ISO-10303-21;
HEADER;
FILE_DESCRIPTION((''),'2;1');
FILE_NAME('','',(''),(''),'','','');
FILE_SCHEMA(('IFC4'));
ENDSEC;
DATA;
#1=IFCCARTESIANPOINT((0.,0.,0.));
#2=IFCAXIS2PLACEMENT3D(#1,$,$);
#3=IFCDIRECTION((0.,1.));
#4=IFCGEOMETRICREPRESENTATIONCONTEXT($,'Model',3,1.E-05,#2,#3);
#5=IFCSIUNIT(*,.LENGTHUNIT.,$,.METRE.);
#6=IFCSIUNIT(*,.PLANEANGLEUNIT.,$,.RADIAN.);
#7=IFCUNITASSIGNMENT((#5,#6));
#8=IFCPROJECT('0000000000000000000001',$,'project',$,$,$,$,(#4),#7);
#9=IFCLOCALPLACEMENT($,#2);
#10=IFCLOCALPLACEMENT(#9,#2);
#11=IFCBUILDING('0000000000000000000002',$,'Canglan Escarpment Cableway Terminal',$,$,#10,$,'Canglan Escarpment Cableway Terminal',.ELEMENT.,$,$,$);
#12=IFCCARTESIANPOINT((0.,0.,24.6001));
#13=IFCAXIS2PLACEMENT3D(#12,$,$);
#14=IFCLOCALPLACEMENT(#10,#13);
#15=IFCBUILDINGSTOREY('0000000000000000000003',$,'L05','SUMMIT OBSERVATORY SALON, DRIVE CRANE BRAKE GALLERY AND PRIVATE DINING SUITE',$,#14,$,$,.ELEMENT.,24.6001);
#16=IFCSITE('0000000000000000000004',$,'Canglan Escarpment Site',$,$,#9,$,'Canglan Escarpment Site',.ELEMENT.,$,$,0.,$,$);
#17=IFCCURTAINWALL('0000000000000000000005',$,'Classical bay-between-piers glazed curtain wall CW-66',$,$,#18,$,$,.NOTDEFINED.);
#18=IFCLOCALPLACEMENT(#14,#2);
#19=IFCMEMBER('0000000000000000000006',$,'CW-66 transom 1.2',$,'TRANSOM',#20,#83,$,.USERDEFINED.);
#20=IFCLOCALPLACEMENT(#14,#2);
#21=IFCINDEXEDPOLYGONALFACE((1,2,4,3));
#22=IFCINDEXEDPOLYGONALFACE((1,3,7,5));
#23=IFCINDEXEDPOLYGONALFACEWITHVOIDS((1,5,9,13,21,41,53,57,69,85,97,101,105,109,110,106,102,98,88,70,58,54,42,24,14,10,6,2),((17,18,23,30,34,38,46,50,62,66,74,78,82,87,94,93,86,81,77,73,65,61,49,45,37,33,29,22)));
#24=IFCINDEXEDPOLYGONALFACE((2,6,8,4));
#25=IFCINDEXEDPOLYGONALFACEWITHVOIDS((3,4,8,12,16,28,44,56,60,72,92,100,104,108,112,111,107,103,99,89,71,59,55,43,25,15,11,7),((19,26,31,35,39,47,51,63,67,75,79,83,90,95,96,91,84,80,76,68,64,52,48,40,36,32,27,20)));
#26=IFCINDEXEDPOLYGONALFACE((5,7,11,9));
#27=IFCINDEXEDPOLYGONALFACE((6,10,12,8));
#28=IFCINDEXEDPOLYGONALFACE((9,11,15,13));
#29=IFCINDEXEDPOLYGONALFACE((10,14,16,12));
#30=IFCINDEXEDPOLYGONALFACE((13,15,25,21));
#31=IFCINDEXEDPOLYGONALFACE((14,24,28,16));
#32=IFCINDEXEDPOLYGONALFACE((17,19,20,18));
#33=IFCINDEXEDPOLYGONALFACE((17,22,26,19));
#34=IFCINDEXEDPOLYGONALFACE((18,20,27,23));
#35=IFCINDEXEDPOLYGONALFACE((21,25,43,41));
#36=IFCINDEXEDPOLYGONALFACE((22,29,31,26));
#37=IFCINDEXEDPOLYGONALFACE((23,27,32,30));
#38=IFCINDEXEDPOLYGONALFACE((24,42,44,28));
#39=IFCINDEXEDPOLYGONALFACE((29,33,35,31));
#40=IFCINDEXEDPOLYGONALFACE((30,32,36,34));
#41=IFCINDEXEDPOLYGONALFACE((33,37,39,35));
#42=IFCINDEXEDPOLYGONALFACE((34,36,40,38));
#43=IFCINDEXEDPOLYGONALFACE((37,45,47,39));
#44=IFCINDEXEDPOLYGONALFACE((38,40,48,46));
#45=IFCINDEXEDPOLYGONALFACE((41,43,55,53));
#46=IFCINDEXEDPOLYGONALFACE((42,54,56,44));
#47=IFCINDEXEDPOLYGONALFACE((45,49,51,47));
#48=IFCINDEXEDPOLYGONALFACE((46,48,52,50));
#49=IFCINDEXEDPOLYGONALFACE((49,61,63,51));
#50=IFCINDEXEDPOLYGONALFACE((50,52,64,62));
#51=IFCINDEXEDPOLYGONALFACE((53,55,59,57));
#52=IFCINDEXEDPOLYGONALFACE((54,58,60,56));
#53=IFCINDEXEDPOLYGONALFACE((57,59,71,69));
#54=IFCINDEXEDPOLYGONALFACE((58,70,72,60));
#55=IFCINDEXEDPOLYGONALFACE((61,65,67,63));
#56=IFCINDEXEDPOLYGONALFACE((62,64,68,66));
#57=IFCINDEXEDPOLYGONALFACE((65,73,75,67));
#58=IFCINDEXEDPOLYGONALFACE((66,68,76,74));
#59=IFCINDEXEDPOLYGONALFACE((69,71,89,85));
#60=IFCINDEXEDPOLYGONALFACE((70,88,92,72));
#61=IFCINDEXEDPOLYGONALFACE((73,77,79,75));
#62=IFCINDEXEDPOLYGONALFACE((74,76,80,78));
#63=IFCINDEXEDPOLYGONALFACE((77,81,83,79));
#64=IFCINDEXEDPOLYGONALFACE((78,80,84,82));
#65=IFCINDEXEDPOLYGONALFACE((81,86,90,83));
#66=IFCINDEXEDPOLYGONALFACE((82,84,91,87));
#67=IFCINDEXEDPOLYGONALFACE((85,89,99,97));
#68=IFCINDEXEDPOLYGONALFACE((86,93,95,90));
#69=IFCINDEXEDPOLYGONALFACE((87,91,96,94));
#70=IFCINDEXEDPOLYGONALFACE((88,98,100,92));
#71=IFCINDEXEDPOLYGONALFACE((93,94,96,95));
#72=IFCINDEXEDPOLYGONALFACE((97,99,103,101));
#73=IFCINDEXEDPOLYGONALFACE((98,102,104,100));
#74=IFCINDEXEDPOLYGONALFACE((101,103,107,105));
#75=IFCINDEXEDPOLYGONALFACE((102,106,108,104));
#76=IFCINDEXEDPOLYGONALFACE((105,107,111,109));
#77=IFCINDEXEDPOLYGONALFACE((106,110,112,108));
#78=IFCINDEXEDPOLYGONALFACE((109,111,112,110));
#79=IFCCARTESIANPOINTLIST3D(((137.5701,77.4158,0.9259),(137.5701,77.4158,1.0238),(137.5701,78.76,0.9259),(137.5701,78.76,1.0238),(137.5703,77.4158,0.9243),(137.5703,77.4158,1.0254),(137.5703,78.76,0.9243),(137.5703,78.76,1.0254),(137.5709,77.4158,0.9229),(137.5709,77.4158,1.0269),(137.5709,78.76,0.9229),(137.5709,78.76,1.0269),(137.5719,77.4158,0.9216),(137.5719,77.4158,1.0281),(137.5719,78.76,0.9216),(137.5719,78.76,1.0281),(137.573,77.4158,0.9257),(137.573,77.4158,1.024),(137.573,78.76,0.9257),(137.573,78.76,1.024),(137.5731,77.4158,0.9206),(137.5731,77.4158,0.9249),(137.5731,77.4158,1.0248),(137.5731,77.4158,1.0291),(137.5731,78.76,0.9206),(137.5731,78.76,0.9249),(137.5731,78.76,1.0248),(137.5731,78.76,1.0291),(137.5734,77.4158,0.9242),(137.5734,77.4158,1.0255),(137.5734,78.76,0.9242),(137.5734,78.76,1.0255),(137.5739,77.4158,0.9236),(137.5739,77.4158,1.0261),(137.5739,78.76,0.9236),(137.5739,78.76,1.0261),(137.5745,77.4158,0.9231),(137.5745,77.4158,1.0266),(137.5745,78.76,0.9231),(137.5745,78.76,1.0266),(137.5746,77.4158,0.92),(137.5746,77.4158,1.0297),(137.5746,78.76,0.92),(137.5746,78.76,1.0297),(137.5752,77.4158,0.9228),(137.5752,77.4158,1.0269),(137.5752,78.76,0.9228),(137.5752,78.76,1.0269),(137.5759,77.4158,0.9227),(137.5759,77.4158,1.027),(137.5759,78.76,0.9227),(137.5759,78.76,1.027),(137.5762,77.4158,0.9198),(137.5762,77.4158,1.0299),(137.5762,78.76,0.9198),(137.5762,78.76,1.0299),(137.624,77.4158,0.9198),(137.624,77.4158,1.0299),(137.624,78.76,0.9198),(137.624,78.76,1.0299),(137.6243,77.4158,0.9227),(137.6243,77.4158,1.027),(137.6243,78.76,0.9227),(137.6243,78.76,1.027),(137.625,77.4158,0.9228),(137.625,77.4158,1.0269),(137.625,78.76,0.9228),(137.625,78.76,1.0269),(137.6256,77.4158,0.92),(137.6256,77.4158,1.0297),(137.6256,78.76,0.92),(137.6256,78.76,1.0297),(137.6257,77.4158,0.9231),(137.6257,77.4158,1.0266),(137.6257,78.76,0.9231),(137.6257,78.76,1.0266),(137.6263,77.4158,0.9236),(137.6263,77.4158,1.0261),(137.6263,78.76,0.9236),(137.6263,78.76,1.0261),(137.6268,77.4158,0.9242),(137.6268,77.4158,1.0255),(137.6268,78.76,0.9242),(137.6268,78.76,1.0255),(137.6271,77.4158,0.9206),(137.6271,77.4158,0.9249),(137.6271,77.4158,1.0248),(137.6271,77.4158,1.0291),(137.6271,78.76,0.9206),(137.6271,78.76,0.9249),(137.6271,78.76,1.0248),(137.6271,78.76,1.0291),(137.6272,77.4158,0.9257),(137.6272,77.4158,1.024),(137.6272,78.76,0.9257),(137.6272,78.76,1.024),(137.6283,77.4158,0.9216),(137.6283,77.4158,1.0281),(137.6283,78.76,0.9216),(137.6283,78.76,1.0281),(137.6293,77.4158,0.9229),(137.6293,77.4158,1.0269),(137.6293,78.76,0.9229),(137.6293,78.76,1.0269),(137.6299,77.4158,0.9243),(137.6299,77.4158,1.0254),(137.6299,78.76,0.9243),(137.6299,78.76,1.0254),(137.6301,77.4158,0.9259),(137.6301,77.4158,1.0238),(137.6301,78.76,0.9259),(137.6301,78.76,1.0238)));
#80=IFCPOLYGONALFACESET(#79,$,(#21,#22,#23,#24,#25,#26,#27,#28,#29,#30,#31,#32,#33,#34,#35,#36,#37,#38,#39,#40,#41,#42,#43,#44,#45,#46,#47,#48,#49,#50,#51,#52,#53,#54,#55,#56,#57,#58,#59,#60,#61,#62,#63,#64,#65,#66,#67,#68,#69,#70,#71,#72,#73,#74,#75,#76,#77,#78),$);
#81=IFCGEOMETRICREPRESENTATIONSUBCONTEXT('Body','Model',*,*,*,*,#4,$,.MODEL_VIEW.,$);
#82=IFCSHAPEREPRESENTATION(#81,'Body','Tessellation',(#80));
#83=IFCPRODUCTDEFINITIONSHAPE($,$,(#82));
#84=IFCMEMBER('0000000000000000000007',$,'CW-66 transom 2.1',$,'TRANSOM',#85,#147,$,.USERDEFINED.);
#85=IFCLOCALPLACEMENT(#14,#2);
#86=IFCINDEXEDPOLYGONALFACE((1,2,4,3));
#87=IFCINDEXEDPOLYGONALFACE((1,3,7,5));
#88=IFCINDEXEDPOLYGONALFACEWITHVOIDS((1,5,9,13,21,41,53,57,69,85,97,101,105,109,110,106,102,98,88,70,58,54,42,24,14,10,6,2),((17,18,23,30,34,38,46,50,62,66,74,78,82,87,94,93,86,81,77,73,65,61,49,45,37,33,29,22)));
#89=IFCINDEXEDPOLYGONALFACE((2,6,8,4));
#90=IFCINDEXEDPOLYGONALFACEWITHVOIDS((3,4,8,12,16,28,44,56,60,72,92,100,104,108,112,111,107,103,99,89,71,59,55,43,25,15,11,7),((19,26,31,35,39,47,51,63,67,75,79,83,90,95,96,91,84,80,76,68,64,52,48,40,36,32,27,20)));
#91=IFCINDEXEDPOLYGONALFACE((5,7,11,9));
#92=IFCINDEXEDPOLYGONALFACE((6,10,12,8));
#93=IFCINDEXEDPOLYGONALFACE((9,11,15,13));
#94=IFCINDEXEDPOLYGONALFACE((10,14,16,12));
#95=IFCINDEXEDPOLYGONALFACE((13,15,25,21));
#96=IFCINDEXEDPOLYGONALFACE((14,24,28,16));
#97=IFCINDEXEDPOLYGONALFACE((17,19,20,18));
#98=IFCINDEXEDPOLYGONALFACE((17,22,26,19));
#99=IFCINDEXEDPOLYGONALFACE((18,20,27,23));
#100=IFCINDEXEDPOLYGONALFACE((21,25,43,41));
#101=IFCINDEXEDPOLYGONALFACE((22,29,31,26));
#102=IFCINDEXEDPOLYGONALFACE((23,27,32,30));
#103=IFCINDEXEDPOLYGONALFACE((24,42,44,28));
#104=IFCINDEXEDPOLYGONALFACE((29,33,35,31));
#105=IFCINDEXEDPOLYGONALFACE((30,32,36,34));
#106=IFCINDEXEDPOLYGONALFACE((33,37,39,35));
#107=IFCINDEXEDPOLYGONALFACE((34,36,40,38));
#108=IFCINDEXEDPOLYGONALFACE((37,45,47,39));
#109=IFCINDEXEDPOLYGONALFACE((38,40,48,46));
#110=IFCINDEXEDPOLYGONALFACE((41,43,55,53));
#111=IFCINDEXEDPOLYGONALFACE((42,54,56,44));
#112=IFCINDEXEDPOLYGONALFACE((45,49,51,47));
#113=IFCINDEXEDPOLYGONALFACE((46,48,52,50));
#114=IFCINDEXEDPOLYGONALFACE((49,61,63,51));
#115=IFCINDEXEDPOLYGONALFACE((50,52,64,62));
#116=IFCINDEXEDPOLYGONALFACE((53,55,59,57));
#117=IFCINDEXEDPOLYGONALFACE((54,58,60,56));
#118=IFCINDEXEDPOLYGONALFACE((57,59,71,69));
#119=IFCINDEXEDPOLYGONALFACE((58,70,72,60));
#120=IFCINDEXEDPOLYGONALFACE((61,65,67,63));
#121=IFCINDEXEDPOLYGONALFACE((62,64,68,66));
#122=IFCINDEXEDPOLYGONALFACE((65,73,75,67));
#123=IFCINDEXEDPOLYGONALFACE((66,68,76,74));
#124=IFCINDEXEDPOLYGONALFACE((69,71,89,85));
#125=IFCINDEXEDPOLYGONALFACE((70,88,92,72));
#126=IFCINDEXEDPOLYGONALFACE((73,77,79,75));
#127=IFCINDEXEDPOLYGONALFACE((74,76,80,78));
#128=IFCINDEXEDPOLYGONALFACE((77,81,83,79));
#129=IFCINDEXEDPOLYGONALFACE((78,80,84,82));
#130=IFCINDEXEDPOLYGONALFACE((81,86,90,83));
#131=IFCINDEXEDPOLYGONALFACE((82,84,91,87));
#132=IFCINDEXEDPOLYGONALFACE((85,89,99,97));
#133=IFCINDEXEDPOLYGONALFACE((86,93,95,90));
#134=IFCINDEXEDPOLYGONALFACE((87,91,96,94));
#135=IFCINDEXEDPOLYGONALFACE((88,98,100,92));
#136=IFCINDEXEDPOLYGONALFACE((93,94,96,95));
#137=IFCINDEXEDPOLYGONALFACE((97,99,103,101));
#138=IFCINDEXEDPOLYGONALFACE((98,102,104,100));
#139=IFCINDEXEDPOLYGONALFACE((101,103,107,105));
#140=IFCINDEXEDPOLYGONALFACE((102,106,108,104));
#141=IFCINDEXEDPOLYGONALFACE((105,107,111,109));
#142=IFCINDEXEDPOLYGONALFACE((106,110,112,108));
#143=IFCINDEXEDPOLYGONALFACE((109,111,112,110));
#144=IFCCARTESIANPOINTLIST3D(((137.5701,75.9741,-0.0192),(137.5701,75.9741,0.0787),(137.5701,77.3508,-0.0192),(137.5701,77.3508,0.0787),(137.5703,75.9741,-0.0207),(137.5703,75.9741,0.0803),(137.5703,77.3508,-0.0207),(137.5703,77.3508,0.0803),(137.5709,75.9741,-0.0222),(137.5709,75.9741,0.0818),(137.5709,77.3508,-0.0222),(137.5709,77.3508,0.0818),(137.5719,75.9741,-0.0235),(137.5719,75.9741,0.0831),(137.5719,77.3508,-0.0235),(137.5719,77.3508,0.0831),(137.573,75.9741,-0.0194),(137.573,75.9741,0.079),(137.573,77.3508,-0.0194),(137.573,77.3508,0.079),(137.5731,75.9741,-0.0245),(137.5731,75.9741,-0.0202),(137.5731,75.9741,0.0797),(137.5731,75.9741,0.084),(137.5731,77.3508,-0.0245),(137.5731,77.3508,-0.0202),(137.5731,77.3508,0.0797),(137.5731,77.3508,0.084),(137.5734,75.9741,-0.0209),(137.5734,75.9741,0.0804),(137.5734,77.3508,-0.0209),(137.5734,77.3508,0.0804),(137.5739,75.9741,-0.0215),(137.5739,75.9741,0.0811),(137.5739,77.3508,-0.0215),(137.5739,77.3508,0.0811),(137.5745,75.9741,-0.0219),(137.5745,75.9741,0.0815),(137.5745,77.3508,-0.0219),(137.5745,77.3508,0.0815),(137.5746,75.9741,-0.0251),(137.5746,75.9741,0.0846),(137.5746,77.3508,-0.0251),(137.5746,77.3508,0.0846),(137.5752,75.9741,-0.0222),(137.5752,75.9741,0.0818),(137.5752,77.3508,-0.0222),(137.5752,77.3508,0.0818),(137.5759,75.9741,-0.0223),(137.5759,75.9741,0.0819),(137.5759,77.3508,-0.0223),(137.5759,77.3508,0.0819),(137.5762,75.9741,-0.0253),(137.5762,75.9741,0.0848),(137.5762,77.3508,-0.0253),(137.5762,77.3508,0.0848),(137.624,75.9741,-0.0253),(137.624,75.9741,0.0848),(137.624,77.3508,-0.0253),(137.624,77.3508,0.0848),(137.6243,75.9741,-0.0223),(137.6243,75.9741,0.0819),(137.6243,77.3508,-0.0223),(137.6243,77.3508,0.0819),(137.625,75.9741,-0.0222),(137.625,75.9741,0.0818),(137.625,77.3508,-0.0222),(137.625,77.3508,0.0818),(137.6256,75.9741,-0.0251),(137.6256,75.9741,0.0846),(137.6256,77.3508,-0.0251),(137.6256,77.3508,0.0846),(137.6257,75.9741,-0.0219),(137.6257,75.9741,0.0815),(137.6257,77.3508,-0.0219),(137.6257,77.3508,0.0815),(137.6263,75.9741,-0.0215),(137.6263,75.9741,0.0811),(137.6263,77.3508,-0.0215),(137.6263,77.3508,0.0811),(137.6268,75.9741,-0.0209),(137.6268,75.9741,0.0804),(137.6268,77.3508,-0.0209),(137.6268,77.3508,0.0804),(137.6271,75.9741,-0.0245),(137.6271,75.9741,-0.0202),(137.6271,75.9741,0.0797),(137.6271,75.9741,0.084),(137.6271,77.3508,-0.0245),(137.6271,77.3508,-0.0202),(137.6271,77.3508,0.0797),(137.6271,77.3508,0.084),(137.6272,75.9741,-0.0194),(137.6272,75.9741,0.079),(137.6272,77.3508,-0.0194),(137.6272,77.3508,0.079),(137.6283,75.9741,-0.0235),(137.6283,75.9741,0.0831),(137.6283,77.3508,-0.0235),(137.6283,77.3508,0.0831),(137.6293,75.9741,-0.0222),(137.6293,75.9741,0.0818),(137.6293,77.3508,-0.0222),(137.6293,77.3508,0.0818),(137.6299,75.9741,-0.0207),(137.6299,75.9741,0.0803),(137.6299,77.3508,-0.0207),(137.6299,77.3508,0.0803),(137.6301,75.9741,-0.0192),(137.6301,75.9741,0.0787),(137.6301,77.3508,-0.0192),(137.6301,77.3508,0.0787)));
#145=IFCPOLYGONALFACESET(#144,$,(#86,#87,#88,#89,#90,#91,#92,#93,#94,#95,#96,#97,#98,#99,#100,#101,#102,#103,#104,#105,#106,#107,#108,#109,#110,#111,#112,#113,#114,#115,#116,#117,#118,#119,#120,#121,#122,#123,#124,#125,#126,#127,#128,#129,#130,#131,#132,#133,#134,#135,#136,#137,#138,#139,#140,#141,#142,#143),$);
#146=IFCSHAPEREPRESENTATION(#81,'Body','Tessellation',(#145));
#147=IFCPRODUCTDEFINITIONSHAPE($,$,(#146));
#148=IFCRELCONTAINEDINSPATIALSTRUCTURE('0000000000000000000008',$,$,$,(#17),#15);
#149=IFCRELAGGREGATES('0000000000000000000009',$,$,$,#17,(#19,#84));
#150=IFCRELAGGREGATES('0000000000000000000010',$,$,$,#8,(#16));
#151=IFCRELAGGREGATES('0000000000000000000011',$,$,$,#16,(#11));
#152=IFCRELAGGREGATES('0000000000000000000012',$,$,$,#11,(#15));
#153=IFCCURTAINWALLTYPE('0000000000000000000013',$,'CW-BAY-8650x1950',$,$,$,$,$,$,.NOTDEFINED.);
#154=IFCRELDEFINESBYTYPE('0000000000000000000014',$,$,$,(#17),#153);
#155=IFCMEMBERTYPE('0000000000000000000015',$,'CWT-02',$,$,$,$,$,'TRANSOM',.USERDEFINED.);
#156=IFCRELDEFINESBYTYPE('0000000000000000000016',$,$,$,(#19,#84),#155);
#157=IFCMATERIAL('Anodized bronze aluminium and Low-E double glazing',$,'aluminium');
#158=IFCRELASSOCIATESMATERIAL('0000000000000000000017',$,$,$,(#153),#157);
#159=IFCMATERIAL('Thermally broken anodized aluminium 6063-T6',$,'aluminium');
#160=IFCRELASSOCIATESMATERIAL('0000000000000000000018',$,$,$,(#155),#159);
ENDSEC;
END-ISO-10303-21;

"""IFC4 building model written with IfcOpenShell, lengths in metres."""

from ifc_helpers import new_model, si_unit, direction, frame, origin, origin_2d, place, context, subcontext, project, spatial, hollow_rectangle, extrude, material, material_profile, profile_set, type_object, element, aggregate, save


model = new_model("IFC4")

# Units and contexts
model_context = context("Model", 3, precision=1e-05, world=origin(), true_north=direction((0.0, 1.0)))
body_context = subcontext(model_context, "Body", "Model", "MODEL_VIEW")
ifc_project = project(units=[si_unit("LENGTHUNIT", "METRE"), si_unit("PLANEANGLEUNIT", "RADIAN")], contexts=[model_context])

# Site, building, storey
site_placement = place(None, origin())
site = spatial("IfcSite", under=ifc_project, at=site_placement, Name="Canglan Escarpment Site", LongName="Canglan Escarpment Site", CompositionType="ELEMENT", RefElevation=0.0)
building_placement = place(site_placement, origin())
building = spatial("IfcBuilding", under=site, at=building_placement, Name="Canglan Escarpment Cableway Terminal", LongName="Canglan Escarpment Cableway Terminal", CompositionType="ELEMENT")
storey_placement = place(building_placement, frame((0.0, 0.0, 24.6001)))
storey = spatial("IfcBuildingStorey", under=building, at=storey_placement, Name="L05", Description="SUMMIT OBSERVATORY SALON, DRIVE CRANE BRAKE GALLERY AND PRIVATE DINING SUITE", CompositionType="ELEMENT", Elevation=24.6001)

# Shared definitions
ifc_material_1 = material(Name="Anodized bronze aluminium and Low-E double glazing", Category="aluminium")
curtain_wall_type = type_object("IfcCurtainWallType", Name="CW-BAY-8650x1950", PredefinedType="NOTDEFINED", material=ifc_material_1)
ifc_material_2 = material(Name="Thermally broken anodized aluminium 6063-T6", Category="aluminium")

# Curtain wall
curtain_wall_1_placement = place(storey_placement, origin())
curtain_wall_1 = element("IfcCurtainWall", 1, at=curtain_wall_1_placement, inside=storey, type_object=curtain_wall_type, Name="Classical bay-between-piers glazed curtain wall CW-66", PredefinedType="NOTDEFINED")

# Members
ifc_material_profile_1 = material_profile(ifc_material_2, hollow_rectangle(XDim=0.0601, YDim=0.1101, WallThickness=0.0029, InnerFilletRadius=0.0029, OuterFilletRadius=0.0061, at=origin_2d()), Name="ALU-TRAN 60x110x3")
ifc_profile_set_1 = profile_set([ifc_material_profile_1], Name="Thermally broken anodized aluminium 6063-T6")
member_type_1 = type_object("IfcMemberType", Name="CWT-02", ElementType="TRANSOM", PredefinedType="USERDEFINED", material=ifc_profile_set_1)
member_1_placement = place(storey_placement, frame((137.6001, 78.76, 0.9749), z_axis=(0.0, -1.0, 0.0), x_axis=(1.0, 0.0, 0.0)))
member_1 = element("IfcMember", 2, at=member_1_placement, type_object=member_type_1, Name="CW-66 transom 1.2", ObjectType="TRANSOM", PredefinedType="USERDEFINED", context=body_context, shape_type="SweptSolid", body=[
    extrude(hollow_rectangle(XDim=0.0601, YDim=0.1101, WallThickness=0.0029, InnerFilletRadius=0.0029, OuterFilletRadius=0.0061, at=origin_2d()), origin(), (0.0, 0.0, 1.0), 1.3442),
])
member_2_placement = place(storey_placement, frame((137.6001, 77.3508, 0.0298), z_axis=(0.0, -1.0, 0.0), x_axis=(1.0, 0.0, 0.0)))
member_2 = element("IfcMember", 3, at=member_2_placement, type_object=member_type_1, Name="CW-66 transom 2.1", ObjectType="TRANSOM", PredefinedType="USERDEFINED", context=body_context, shape_type="SweptSolid", body=[
    extrude(hollow_rectangle(XDim=0.0601, YDim=0.1101, WallThickness=0.0029, InnerFilletRadius=0.0029, OuterFilletRadius=0.0061, at=origin_2d()), origin(), (0.0, 0.0, 1.0), 1.3767),
])

aggregate(curtain_wall_1, [member_1, member_2])

save(model, "model.ifc")
